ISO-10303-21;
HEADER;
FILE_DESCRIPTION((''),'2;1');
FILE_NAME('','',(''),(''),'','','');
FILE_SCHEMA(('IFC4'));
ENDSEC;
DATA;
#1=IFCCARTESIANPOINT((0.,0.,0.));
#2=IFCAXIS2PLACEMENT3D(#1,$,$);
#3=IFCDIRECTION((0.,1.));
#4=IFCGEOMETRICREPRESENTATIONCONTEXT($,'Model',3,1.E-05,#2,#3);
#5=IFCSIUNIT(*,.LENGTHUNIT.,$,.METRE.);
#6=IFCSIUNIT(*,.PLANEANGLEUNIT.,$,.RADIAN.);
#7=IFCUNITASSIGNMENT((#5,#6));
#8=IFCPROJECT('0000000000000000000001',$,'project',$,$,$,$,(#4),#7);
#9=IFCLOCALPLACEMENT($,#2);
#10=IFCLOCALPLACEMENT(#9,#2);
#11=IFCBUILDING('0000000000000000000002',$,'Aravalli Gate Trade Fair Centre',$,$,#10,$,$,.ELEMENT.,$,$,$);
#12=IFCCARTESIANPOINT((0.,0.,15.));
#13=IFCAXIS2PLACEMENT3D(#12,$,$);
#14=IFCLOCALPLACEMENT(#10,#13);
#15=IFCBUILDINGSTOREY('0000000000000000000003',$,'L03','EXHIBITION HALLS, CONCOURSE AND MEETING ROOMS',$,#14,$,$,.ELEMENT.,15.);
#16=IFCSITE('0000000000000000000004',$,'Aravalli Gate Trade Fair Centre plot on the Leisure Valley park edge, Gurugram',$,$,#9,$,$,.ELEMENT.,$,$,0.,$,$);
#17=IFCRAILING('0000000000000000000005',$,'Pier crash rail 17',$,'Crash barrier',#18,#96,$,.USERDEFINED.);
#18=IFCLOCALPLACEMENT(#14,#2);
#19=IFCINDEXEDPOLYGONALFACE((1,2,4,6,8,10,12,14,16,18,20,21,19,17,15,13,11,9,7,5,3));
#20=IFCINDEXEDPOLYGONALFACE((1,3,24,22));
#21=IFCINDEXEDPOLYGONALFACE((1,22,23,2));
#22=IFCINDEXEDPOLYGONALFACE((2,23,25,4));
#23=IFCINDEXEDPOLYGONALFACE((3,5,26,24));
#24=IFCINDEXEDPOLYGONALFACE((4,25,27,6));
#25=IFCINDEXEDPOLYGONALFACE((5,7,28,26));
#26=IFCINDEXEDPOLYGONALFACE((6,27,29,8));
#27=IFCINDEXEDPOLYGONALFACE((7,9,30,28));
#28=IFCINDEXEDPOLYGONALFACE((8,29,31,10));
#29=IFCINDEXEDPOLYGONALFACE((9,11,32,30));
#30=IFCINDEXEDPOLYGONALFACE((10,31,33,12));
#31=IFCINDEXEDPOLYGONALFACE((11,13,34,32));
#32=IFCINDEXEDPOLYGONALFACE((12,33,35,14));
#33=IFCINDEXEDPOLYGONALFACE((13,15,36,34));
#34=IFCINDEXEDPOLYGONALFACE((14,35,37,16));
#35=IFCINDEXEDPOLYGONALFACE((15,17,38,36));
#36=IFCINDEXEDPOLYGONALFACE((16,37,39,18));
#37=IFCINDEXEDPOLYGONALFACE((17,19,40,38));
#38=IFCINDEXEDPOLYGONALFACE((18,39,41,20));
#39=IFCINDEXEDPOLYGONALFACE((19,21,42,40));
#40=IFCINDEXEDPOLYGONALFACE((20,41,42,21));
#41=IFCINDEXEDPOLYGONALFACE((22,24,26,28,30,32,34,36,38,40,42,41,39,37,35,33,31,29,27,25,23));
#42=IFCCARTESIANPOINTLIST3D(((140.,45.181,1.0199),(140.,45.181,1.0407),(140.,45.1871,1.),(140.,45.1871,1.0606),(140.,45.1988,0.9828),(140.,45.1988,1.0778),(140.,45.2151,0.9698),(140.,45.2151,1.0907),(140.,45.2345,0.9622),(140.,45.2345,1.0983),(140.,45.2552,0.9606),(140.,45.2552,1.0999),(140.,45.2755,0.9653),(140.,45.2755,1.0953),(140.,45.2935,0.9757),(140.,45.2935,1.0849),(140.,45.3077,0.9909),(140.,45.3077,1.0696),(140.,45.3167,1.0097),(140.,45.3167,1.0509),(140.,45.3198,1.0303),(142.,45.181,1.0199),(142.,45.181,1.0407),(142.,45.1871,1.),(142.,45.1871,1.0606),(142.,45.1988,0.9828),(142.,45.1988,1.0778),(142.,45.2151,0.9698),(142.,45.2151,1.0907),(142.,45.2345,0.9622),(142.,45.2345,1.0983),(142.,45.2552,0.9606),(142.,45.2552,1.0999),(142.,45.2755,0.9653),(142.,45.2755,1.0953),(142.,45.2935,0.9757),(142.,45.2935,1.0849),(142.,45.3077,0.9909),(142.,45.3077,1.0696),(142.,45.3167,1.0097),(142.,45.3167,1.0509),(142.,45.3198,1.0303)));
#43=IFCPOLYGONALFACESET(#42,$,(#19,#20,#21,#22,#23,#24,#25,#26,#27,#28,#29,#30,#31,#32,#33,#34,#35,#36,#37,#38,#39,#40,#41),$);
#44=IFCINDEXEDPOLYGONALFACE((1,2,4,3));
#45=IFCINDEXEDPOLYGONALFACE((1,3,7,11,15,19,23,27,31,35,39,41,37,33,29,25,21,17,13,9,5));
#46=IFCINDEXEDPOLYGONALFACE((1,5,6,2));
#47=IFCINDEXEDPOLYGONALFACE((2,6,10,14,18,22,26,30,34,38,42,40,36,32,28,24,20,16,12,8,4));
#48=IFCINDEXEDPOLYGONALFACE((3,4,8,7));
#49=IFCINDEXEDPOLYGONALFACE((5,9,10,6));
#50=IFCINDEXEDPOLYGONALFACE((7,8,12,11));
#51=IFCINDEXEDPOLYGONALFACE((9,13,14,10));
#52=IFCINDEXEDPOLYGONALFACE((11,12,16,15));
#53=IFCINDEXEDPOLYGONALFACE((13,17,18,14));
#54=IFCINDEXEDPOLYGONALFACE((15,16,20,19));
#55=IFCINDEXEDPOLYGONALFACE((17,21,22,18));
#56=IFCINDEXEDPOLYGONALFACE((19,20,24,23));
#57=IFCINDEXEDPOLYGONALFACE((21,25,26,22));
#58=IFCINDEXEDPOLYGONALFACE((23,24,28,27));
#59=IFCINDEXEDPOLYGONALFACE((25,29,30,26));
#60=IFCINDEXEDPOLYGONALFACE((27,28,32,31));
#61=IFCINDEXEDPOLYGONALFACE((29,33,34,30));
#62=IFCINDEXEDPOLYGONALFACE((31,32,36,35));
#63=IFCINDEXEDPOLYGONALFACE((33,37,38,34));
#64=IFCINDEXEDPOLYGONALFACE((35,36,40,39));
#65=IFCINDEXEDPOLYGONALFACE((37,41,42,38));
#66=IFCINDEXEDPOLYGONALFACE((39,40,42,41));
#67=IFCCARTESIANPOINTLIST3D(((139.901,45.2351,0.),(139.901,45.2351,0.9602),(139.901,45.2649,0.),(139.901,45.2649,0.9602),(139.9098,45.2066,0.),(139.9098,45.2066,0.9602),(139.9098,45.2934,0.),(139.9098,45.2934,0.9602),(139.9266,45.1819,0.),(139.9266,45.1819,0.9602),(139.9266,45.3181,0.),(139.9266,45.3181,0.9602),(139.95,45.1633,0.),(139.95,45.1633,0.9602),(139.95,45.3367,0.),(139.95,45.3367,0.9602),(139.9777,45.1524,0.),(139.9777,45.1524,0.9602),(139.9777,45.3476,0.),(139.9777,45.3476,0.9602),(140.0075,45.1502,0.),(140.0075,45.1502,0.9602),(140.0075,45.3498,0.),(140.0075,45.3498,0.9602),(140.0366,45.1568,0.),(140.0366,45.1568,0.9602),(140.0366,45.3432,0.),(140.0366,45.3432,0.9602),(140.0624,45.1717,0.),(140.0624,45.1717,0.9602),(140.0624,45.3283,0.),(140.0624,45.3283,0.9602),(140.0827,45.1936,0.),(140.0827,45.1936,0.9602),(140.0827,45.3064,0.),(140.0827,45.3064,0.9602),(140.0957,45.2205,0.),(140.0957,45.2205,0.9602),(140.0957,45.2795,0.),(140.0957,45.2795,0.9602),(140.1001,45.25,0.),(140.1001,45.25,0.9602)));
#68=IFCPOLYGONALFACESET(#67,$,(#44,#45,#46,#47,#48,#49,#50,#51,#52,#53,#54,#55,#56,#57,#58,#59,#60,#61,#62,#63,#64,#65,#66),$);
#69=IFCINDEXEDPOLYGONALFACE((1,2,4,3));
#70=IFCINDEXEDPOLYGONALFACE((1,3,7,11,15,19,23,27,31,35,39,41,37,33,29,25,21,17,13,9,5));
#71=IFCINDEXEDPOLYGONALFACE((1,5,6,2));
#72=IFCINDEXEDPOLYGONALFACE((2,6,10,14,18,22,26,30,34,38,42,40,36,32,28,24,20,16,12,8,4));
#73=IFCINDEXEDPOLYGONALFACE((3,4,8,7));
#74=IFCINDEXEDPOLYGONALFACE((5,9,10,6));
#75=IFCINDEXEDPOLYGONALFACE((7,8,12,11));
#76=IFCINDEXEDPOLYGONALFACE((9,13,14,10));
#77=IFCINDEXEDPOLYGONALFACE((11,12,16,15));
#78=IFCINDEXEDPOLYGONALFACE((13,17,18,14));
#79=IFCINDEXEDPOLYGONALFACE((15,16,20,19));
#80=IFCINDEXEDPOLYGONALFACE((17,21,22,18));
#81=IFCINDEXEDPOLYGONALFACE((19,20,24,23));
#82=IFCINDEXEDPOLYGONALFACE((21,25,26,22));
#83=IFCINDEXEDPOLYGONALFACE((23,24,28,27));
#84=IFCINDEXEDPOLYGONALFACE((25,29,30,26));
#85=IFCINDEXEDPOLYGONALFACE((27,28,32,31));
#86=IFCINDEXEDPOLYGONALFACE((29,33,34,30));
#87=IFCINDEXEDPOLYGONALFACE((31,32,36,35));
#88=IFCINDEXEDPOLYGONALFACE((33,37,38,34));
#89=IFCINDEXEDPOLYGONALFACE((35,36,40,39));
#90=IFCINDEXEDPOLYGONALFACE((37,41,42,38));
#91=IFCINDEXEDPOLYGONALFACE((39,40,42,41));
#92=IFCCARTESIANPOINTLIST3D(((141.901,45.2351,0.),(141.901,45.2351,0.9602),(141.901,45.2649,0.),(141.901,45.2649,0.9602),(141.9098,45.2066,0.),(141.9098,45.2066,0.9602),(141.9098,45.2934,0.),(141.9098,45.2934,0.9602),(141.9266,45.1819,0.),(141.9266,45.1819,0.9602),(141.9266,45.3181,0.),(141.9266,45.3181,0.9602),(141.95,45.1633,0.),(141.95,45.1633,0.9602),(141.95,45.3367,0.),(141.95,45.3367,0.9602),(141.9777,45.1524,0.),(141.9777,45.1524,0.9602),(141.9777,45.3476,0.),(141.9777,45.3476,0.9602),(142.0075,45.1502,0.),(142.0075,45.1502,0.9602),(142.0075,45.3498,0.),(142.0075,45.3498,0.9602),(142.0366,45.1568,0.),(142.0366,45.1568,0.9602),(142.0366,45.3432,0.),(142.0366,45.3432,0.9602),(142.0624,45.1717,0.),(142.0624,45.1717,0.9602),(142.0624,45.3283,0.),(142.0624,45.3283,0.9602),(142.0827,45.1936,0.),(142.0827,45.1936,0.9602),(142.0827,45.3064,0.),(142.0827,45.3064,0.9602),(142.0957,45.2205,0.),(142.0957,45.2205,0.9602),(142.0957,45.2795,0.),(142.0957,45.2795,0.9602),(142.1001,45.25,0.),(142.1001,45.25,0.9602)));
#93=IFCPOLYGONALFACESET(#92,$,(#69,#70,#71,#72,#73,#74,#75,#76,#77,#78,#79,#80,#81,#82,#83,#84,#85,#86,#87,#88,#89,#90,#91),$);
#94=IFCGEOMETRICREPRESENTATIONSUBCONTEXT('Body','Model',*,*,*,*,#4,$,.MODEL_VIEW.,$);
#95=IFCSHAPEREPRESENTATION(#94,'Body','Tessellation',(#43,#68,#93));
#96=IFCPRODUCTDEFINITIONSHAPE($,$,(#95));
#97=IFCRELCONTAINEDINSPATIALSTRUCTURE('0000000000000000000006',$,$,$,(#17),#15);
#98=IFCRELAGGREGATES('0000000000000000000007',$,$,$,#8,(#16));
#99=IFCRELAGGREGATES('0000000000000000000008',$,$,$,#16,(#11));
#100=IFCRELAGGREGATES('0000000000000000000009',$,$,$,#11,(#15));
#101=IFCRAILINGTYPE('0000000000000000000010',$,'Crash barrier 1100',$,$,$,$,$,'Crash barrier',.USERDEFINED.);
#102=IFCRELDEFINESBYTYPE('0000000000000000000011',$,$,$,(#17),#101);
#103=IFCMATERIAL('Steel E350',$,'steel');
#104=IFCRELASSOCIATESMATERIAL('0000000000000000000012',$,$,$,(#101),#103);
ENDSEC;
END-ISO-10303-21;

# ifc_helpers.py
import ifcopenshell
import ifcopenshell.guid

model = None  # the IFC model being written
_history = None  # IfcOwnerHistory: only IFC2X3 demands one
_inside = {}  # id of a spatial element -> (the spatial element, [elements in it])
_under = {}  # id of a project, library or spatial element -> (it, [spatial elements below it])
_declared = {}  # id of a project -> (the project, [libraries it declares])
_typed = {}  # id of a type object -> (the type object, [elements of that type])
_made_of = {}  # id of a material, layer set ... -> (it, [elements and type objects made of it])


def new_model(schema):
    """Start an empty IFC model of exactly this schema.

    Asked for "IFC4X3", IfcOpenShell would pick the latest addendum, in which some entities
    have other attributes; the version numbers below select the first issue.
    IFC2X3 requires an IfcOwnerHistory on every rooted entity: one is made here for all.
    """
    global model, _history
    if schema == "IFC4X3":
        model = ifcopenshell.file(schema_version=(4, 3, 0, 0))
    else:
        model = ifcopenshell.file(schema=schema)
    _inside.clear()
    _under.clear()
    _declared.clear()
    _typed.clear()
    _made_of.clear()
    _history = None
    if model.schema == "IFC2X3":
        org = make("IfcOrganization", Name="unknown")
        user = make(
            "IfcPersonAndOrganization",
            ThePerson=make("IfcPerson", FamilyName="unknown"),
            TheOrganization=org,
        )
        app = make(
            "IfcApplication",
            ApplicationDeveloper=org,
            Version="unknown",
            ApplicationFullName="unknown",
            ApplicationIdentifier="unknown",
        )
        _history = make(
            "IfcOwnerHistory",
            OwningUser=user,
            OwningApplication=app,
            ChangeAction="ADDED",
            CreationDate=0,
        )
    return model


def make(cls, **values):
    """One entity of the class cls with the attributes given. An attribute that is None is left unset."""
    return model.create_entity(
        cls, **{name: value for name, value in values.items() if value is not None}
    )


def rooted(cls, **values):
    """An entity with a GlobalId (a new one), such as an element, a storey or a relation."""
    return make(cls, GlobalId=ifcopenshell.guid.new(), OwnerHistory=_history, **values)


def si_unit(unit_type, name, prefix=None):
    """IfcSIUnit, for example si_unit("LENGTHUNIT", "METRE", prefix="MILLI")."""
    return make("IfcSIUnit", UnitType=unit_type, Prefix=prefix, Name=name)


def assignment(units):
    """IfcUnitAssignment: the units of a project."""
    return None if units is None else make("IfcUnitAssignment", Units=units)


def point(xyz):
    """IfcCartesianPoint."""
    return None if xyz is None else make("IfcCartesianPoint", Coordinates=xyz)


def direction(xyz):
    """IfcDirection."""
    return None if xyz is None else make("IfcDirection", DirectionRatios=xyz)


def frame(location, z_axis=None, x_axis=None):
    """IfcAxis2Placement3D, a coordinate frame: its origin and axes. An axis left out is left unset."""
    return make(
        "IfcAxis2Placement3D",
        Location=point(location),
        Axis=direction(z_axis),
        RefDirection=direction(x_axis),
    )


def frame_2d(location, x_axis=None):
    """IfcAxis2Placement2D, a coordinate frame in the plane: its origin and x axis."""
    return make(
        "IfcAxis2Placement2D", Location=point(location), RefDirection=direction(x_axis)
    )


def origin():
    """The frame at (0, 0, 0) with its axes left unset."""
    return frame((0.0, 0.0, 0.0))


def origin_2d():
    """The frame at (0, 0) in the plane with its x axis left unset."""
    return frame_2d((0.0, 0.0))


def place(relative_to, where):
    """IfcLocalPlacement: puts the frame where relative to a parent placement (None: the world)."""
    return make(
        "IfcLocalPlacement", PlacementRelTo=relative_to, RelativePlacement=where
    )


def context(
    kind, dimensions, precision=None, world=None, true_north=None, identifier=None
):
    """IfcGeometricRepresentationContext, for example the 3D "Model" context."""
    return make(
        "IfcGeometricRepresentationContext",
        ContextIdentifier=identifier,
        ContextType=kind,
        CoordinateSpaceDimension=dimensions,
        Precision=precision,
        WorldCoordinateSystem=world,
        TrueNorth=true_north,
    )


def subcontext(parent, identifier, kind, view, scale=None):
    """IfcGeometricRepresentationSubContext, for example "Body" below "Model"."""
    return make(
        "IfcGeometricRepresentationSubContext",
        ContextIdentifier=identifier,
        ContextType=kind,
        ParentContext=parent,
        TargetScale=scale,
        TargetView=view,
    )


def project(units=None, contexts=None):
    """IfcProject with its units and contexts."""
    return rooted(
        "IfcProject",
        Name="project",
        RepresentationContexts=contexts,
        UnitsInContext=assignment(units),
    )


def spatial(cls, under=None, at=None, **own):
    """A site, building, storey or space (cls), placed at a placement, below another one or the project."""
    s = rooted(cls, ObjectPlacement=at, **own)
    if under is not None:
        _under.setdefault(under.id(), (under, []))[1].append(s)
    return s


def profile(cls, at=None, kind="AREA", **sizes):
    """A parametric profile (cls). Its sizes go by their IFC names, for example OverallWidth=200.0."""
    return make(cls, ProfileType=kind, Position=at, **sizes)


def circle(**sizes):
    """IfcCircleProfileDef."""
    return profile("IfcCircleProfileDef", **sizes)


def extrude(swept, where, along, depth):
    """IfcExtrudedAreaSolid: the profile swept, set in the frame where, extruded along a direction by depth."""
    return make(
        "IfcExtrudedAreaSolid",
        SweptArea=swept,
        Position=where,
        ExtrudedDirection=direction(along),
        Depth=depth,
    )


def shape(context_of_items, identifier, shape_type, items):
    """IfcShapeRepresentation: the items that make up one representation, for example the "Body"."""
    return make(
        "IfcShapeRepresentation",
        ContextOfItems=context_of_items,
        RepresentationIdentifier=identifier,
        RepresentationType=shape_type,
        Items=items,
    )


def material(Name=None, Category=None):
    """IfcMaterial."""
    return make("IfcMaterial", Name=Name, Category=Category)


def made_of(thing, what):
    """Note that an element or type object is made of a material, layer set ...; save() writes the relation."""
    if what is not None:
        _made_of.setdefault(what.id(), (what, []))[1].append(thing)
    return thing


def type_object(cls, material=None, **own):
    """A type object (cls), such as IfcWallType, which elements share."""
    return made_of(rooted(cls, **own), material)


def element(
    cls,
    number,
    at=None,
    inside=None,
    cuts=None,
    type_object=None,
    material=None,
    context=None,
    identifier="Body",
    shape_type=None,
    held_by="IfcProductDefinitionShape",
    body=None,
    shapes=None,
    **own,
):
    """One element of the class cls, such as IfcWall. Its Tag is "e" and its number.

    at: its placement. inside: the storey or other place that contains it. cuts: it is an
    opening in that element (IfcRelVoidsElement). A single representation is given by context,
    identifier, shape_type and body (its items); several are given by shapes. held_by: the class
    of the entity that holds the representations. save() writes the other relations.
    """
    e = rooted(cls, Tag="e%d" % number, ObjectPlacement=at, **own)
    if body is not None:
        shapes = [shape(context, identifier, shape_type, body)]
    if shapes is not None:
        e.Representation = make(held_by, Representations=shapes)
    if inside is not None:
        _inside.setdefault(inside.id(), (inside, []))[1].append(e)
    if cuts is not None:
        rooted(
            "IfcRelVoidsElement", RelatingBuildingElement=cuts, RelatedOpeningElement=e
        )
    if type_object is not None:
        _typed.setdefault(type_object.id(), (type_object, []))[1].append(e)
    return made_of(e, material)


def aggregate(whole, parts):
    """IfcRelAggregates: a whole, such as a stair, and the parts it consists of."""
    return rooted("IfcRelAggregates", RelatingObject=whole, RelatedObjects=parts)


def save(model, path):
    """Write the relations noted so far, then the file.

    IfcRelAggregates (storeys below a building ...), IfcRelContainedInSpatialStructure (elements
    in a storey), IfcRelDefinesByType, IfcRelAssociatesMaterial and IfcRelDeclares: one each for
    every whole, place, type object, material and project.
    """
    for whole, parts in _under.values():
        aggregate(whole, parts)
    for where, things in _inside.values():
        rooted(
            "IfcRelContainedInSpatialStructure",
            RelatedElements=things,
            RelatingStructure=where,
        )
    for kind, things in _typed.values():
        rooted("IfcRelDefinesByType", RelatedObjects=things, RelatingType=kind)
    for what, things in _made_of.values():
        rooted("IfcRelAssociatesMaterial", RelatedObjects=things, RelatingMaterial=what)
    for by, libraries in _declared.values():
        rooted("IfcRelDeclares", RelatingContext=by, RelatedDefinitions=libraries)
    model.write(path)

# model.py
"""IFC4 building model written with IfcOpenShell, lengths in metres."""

from ifc_helpers import new_model, si_unit, direction, frame, origin, origin_2d, place, context, subcontext, project, spatial, circle, extrude, material, type_object, element, save


model = new_model("IFC4")

# Units and contexts
model_context = context("Model", 3, precision=1e-05, world=origin(), true_north=direction((0.0, 1.0)))
body_context = subcontext(model_context, "Body", "Model", "MODEL_VIEW")
ifc_project = project(units=[si_unit("LENGTHUNIT", "METRE"), si_unit("PLANEANGLEUNIT", "RADIAN")], contexts=[model_context])

# Site, building, storey
site_placement = place(None, origin())
site = spatial("IfcSite", under=ifc_project, at=site_placement, Name="Aravalli Gate Trade Fair Centre plot on the Leisure Valley park edge, Gurugram", CompositionType="ELEMENT", RefElevation=0.0)
building_placement = place(site_placement, origin())
building = spatial("IfcBuilding", under=site, at=building_placement, Name="Aravalli Gate Trade Fair Centre", CompositionType="ELEMENT")
storey_placement = place(building_placement, frame((0.0, 0.0, 15.0)))
storey = spatial("IfcBuildingStorey", under=building, at=storey_placement, Name="L03", Description="EXHIBITION HALLS, CONCOURSE AND MEETING ROOMS", CompositionType="ELEMENT", Elevation=15.0)

# Railing
ifc_material_1 = material(Name="Steel E350", Category="steel")
railing_type_1 = type_object("IfcRailingType", Name="Crash barrier 1100", ElementType="Crash barrier", PredefinedType="USERDEFINED", material=ifc_material_1)
for number, where, name in (
    (1, (140.0, 45.25, 0.0), "Pier crash rail 17"),
):
    element("IfcRailing", number, at=place(storey_placement, frame(where)), inside=storey, type_object=railing_type_1, Name=name, ObjectType="Crash barrier", PredefinedType="USERDEFINED", context=body_context, shape_type="SweptSolid", body=[
        extrude(circle(Radius=0.0698, at=origin_2d()), frame((0.0, 0.0, 1.0303), z_axis=(1.0, 0.0, 0.0), x_axis=(0.0, 1.0, 0.0)), (0.0, 0.0, 1.0), 2.0),
        extrude(circle(Radius=0.1001, at=origin_2d()), origin(), (0.0, 0.0, 1.0), 0.9602),
        extrude(circle(Radius=0.1001, at=origin_2d()), frame((2.0, 0.0, 0.0)), (0.0, 0.0, 1.0), 0.9602),
    ])

save(model, "model.ifc")
